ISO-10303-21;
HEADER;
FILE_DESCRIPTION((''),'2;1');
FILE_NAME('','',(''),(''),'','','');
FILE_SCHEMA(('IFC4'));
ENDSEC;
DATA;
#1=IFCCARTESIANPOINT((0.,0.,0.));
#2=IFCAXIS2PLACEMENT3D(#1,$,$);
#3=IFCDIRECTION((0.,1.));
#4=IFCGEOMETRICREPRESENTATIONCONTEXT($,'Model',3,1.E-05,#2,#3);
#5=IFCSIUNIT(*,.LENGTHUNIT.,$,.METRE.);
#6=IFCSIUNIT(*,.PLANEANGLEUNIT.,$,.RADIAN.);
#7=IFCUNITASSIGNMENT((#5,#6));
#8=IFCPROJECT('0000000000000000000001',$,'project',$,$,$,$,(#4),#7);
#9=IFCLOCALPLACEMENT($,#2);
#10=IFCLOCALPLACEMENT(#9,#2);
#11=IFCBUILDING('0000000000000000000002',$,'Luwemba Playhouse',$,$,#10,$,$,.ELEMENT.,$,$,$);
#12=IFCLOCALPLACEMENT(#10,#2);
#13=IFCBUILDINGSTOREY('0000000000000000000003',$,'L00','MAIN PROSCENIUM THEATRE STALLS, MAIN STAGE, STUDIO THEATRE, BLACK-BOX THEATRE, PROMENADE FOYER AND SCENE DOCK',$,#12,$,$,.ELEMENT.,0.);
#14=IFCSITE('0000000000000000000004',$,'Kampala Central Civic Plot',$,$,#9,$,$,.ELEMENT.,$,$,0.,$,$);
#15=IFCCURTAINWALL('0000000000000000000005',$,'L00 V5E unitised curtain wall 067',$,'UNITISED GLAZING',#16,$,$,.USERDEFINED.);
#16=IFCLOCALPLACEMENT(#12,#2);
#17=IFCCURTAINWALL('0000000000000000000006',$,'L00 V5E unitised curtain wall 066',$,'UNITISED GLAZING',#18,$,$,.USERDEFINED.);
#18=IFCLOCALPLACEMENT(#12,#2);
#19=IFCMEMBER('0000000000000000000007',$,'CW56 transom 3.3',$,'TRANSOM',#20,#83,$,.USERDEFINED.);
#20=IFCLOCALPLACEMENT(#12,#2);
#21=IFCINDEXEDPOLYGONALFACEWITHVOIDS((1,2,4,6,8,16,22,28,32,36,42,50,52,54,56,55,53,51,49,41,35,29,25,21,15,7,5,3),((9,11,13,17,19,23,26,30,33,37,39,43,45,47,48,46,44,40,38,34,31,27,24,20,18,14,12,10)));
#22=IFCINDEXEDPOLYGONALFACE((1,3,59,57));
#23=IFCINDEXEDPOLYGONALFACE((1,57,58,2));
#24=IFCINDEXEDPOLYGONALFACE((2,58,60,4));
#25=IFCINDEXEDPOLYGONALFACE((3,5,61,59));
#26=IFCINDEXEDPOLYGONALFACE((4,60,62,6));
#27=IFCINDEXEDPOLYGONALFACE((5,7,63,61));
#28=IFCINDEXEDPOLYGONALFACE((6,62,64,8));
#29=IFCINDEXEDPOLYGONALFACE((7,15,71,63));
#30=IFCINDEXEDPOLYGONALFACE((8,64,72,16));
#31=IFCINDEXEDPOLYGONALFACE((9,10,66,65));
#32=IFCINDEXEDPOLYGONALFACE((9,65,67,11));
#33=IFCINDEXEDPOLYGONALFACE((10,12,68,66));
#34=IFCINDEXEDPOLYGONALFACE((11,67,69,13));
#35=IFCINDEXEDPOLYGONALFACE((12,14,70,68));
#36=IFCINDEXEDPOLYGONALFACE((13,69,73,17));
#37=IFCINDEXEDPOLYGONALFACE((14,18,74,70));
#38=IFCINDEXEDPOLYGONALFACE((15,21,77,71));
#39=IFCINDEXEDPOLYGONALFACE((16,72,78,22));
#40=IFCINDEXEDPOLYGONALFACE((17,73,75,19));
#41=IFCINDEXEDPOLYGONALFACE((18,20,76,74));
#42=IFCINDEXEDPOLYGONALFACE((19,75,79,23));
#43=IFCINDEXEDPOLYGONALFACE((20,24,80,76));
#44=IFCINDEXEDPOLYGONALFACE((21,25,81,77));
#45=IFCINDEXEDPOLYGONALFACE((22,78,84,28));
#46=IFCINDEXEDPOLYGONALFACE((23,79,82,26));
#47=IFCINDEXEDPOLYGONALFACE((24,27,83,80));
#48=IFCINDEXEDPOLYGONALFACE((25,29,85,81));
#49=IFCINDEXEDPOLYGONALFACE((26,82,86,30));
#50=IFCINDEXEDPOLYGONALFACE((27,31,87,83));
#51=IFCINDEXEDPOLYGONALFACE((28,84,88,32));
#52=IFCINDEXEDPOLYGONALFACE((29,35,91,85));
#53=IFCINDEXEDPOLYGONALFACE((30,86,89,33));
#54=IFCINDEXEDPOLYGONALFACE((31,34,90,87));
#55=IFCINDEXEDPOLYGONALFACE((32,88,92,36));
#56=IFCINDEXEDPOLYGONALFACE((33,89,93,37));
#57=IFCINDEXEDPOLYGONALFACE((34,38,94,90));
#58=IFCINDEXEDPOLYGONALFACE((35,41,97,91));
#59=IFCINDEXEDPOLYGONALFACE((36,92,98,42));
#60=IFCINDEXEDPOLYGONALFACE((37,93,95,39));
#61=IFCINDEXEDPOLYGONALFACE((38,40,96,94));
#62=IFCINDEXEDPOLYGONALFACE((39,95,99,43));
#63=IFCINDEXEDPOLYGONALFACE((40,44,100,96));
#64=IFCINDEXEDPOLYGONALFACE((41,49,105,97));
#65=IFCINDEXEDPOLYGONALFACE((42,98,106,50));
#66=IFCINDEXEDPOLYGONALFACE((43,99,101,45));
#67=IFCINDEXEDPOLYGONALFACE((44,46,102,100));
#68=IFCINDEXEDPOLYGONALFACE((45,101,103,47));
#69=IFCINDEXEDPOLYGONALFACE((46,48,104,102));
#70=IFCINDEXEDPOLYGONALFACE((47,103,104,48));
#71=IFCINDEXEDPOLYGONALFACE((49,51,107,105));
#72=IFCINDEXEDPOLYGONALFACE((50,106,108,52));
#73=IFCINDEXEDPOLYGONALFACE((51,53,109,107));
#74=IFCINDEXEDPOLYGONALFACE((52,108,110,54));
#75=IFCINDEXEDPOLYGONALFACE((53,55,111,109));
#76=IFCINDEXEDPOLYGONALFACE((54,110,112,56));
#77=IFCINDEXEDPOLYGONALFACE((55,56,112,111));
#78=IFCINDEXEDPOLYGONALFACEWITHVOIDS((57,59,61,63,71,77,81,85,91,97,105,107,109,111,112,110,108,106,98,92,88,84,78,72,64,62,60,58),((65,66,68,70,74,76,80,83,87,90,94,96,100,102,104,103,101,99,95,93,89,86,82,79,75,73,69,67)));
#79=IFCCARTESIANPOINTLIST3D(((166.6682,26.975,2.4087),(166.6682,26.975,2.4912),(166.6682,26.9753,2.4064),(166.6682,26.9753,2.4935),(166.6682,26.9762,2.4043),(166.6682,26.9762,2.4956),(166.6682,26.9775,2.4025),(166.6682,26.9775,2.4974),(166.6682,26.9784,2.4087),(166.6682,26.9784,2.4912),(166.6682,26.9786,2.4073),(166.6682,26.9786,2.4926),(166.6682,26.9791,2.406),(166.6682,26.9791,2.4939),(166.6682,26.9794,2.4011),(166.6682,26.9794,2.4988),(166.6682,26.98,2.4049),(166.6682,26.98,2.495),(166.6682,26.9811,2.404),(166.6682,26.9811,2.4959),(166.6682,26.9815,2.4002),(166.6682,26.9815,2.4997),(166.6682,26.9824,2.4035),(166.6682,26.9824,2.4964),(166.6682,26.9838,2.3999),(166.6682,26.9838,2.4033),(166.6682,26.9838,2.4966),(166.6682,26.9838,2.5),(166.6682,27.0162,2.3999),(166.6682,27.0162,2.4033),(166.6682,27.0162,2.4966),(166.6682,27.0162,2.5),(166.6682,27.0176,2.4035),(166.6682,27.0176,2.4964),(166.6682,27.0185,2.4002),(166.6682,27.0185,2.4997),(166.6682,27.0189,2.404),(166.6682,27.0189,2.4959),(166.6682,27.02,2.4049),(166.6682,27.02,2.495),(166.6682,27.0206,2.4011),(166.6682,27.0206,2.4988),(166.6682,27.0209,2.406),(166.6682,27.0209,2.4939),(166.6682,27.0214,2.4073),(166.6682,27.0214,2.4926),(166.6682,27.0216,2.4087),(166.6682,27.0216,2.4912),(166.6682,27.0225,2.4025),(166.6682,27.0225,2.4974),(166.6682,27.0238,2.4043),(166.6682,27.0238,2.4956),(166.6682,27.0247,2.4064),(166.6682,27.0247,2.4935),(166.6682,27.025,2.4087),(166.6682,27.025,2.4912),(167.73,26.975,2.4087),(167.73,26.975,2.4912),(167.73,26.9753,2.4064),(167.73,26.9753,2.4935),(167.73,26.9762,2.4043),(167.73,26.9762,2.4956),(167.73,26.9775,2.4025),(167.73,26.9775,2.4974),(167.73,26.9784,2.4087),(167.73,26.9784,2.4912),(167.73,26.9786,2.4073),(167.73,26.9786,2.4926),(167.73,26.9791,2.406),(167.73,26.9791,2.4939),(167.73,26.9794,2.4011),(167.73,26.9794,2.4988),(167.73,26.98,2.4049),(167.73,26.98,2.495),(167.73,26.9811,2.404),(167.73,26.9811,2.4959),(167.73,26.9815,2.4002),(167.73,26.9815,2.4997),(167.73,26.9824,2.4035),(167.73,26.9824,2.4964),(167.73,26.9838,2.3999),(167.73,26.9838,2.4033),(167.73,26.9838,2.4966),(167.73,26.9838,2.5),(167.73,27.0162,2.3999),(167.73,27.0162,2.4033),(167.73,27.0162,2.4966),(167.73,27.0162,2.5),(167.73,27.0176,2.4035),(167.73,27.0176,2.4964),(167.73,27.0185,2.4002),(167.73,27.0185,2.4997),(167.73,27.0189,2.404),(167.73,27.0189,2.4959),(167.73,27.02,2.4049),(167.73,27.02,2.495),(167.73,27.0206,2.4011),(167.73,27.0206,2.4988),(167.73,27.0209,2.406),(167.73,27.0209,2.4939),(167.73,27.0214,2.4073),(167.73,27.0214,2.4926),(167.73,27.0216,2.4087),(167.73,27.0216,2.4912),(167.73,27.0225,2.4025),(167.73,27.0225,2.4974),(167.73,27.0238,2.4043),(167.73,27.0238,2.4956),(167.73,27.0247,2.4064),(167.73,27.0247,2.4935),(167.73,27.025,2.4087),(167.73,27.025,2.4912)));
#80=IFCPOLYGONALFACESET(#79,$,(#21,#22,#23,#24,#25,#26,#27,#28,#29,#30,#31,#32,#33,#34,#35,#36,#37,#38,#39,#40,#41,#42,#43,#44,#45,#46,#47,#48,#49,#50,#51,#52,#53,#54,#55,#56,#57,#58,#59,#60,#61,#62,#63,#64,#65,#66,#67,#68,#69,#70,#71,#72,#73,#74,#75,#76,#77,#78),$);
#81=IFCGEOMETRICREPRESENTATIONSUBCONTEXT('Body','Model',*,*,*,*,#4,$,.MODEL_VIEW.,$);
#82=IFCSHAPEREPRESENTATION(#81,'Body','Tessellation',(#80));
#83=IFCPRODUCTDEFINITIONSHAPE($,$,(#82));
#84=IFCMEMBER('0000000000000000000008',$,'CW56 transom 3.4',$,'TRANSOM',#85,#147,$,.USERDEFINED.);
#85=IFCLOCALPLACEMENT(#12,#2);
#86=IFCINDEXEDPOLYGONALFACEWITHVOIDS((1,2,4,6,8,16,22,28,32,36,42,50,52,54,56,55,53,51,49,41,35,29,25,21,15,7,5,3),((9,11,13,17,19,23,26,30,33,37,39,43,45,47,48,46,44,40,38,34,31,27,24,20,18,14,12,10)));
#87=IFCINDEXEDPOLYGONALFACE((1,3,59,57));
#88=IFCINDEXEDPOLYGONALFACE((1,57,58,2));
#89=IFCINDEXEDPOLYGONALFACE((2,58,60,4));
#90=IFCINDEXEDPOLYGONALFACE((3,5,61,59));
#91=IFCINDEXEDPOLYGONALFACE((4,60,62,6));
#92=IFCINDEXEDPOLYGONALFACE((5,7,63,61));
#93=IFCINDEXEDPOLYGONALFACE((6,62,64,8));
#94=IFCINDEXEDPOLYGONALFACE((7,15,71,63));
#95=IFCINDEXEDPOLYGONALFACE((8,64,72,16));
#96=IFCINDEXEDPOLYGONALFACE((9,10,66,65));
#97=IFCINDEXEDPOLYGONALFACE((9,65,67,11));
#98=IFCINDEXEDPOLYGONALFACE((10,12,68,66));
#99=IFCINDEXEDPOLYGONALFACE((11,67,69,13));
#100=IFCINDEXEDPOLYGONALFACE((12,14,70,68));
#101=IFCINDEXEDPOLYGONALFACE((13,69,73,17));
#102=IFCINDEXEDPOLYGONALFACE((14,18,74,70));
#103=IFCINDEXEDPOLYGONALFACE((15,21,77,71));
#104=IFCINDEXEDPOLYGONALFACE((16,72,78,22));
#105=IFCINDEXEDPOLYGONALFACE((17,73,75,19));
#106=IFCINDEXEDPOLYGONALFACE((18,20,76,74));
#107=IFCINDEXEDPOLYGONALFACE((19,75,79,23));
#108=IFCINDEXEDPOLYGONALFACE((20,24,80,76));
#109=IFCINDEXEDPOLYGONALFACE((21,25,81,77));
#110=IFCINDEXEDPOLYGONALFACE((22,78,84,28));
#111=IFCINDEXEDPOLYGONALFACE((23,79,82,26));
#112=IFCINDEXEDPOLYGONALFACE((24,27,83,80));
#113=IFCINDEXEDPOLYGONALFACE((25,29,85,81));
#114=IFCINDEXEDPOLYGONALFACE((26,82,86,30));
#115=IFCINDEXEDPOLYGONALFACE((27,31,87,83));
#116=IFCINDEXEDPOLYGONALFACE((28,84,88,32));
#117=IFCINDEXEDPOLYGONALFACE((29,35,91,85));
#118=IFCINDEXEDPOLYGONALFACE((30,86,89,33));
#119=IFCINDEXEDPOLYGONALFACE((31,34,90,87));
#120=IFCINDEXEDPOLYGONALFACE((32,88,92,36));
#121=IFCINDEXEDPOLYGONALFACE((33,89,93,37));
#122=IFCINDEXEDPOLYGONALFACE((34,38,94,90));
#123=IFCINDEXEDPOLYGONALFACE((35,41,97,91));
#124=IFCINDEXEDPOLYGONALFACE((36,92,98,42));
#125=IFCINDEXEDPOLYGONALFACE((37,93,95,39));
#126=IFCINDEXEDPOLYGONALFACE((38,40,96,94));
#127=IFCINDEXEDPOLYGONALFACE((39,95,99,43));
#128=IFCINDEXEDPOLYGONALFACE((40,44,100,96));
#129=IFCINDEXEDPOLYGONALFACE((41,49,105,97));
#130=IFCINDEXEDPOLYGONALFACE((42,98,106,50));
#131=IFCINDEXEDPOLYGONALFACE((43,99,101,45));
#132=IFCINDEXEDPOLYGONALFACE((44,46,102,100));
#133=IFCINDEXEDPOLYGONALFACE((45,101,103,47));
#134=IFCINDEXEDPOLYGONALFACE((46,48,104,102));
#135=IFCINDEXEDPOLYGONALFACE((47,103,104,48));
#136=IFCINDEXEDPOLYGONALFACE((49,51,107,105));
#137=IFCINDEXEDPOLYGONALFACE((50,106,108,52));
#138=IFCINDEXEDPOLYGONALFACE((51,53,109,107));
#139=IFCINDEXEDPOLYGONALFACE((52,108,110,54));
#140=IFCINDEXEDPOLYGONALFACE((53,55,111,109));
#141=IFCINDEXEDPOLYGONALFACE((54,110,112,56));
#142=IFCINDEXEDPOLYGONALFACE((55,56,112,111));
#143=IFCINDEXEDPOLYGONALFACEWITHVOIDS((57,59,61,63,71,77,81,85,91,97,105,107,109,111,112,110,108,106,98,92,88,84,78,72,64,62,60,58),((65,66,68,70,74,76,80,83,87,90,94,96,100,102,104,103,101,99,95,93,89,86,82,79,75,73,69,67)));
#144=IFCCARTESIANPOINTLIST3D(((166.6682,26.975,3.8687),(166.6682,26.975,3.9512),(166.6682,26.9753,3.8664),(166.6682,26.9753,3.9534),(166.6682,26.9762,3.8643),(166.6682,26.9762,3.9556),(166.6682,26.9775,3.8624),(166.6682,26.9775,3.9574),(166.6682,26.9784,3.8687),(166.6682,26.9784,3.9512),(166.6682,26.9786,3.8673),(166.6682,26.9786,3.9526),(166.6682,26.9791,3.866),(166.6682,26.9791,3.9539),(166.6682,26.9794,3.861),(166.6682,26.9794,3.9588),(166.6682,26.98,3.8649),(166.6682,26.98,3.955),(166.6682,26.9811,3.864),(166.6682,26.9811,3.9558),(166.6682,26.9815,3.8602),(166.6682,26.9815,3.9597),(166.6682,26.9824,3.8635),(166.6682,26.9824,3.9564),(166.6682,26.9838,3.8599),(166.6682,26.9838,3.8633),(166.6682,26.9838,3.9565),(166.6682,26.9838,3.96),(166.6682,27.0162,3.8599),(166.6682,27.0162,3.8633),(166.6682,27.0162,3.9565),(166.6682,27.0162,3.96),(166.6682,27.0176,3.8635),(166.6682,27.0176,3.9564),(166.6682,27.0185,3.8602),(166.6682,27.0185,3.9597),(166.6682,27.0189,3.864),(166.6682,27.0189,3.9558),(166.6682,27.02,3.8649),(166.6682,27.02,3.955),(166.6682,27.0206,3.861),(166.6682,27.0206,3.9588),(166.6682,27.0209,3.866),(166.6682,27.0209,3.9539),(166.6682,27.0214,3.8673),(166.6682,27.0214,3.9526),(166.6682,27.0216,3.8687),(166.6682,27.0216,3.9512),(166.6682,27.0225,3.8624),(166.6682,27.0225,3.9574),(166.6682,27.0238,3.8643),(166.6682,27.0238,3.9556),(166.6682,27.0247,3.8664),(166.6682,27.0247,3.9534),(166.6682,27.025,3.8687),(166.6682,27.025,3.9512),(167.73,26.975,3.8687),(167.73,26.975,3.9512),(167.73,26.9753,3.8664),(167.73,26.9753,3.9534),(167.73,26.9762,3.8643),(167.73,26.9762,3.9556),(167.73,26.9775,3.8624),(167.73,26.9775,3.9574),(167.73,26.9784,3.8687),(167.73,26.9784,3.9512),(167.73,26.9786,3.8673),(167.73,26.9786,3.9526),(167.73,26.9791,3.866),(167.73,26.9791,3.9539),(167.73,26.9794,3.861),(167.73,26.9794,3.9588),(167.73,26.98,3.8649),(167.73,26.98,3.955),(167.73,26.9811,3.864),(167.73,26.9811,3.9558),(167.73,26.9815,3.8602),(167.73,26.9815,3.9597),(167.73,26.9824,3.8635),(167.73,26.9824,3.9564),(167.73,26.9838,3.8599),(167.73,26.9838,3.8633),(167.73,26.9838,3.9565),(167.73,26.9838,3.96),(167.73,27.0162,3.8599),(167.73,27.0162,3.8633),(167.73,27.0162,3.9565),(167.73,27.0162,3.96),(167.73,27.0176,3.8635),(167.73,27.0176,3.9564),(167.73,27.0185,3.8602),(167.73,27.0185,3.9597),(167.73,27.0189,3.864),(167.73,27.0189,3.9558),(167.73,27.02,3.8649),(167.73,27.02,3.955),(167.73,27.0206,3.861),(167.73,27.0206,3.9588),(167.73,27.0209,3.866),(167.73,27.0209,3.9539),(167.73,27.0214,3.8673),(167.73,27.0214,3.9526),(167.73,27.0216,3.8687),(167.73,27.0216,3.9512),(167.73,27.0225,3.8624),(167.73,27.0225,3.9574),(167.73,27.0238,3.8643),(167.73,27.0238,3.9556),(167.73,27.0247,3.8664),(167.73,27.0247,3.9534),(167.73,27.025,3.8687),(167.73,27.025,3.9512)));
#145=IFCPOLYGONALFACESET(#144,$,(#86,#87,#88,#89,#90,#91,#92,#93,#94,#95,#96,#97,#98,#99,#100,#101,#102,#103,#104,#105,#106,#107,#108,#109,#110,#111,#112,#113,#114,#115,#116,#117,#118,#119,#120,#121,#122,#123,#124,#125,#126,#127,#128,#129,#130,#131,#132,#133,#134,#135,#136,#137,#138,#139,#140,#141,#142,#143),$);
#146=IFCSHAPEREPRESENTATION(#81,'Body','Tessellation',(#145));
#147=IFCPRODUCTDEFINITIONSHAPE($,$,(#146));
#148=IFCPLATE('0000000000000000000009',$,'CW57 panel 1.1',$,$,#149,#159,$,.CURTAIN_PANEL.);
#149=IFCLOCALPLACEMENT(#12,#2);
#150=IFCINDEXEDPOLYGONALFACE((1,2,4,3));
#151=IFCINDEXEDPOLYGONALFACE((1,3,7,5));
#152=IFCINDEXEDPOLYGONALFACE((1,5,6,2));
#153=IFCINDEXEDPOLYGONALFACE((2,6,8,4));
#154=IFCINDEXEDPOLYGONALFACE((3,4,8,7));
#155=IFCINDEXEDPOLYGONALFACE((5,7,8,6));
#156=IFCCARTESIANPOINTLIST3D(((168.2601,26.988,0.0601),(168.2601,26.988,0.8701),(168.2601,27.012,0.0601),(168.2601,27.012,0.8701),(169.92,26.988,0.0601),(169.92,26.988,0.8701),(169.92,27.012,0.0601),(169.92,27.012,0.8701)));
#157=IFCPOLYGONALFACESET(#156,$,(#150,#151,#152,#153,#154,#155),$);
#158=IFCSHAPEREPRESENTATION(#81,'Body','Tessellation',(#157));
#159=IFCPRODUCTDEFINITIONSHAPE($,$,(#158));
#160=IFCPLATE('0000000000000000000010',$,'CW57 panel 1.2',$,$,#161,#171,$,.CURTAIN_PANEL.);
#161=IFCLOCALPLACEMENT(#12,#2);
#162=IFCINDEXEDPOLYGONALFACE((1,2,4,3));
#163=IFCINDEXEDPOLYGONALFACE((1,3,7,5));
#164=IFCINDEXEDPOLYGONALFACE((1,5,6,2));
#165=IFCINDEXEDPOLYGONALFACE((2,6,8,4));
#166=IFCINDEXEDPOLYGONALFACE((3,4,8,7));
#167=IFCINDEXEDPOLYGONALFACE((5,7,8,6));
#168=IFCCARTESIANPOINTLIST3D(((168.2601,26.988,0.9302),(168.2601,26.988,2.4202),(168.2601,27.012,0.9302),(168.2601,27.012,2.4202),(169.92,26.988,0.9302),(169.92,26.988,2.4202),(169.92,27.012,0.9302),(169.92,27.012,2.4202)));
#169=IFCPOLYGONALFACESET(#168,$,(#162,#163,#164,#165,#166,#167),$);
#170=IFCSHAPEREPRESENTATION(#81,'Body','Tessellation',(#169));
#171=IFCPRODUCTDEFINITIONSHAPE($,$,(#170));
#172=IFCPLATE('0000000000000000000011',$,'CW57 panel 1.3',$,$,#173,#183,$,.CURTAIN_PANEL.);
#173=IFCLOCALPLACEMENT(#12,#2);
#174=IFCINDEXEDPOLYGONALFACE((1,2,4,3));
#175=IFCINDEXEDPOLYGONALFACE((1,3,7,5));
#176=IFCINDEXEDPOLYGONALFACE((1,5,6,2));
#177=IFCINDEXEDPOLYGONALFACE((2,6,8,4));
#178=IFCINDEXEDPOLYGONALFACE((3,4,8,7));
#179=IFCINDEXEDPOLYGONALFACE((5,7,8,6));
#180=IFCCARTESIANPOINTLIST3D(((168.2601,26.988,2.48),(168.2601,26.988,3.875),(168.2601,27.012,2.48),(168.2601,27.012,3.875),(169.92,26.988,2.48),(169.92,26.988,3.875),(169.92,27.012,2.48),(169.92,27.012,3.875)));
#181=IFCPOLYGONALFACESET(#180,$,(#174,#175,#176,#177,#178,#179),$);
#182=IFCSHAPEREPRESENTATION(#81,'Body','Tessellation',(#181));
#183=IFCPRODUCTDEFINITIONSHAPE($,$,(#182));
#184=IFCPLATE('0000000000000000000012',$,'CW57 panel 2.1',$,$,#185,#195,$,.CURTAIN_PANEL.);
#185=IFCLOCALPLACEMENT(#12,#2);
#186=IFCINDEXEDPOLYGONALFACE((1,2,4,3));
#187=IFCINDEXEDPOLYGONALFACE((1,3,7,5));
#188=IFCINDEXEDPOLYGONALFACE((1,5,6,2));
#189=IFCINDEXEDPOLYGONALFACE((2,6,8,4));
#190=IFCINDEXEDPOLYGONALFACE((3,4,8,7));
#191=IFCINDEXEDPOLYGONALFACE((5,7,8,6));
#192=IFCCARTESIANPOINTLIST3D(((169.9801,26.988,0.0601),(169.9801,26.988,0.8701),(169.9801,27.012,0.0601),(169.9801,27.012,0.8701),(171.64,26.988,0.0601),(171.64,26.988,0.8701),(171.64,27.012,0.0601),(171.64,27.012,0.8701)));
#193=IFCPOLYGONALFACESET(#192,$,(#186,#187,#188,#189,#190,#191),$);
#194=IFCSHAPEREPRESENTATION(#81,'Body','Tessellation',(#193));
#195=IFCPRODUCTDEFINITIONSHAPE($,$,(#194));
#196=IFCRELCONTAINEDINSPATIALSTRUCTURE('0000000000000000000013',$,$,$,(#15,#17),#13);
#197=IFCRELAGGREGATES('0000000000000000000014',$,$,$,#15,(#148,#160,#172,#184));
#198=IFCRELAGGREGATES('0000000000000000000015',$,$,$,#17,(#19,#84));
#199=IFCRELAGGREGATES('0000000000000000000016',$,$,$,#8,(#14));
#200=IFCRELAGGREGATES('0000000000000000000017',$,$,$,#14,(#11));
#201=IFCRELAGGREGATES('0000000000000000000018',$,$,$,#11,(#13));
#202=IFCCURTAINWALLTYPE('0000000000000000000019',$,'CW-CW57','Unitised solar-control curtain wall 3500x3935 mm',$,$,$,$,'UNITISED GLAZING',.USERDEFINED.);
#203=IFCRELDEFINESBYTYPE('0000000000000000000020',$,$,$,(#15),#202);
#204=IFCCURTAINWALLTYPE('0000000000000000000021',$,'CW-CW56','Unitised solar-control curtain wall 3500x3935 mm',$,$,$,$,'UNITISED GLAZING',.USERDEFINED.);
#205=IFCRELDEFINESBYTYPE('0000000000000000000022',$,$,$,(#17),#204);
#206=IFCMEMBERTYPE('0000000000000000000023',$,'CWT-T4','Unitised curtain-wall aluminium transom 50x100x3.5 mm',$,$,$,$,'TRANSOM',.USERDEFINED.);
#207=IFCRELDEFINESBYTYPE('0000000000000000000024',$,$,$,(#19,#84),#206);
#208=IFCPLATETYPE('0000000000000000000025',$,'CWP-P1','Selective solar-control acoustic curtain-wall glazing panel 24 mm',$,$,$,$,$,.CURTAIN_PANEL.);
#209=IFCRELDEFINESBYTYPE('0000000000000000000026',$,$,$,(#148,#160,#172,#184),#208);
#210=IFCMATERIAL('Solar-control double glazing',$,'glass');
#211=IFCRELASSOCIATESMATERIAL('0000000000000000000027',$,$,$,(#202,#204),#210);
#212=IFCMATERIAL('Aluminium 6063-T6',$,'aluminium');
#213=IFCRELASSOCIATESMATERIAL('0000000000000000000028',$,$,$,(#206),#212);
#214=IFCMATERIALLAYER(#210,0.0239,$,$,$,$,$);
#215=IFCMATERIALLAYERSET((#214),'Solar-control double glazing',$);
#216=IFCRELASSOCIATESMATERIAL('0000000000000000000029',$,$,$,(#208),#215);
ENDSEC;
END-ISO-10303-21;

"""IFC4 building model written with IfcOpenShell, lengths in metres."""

from ifc_helpers import new_model, si_unit, direction, frame, origin, origin_2d, place, context, subcontext, project, spatial, rectangle, hollow_rectangle, extrude, material, layer, layer_set, material_profile, profile_set, type_object, element, aggregate, save


model = new_model("IFC4")

# Units and contexts
model_context = context("Model", 3, precision=1e-05, world=origin(), true_north=direction((0.0, 1.0)))
body_context = subcontext(model_context, "Body", "Model", "MODEL_VIEW")
ifc_project = project(units=[si_unit("LENGTHUNIT", "METRE"), si_unit("PLANEANGLEUNIT", "RADIAN")], contexts=[model_context])

# Site, building, storey
site_placement = place(None, origin())
site = spatial("IfcSite", under=ifc_project, at=site_placement, Name="Kampala Central Civic Plot", CompositionType="ELEMENT", RefElevation=0.0)
building_placement = place(site_placement, origin())
building = spatial("IfcBuilding", under=site, at=building_placement, Name="Luwemba Playhouse", CompositionType="ELEMENT")
storey_placement = place(building_placement, origin())
storey = spatial("IfcBuildingStorey", under=building, at=storey_placement, Name="L00", Description="MAIN PROSCENIUM THEATRE STALLS, MAIN STAGE, STUDIO THEATRE, BLACK-BOX THEATRE, PROMENADE FOYER AND SCENE DOCK", CompositionType="ELEMENT", Elevation=0.0)

# Curtain walls
ifc_material_1 = material(Name="Solar-control double glazing", Category="glass")
curtain_wall_type_1 = type_object("IfcCurtainWallType", Name="CW-CW57", Description="Unitised solar-control curtain wall 3500x3935 mm", ElementType="UNITISED GLAZING", PredefinedType="USERDEFINED", material=ifc_material_1)
curtain_wall_1_placement = place(storey_placement, origin())
curtain_wall_1 = element("IfcCurtainWall", 1, at=curtain_wall_1_placement, inside=storey, type_object=curtain_wall_type_1, Name="L00 V5E unitised curtain wall 067", ObjectType="UNITISED GLAZING", PredefinedType="USERDEFINED")
ifc_material_2 = material(Name="Aluminium 6063-T6", Category="aluminium")
curtain_wall_type_2 = type_object("IfcCurtainWallType", Name="CW-CW56", Description="Unitised solar-control curtain wall 3500x3935 mm", ElementType="UNITISED GLAZING", PredefinedType="USERDEFINED", material=ifc_material_1)
curtain_wall_2_placement = place(storey_placement, origin())
curtain_wall_2 = element("IfcCurtainWall", 2, at=curtain_wall_2_placement, inside=storey, type_object=curtain_wall_type_2, Name="L00 V5E unitised curtain wall 066", ObjectType="UNITISED GLAZING", PredefinedType="USERDEFINED")

# Members
ifc_material_profile_1 = material_profile(ifc_material_2, hollow_rectangle(XDim=0.05, YDim=0.1001, WallThickness=0.0034, InnerFilletRadius=0.0054, OuterFilletRadius=0.0088, at=origin_2d()))
ifc_profile_set_1 = profile_set([ifc_material_profile_1], Name="Aluminium 6063-T6")
member_type_1 = type_object("IfcMemberType", Name="CWT-T4", Description="Unitised curtain-wall aluminium transom 50x100x3.5 mm", ElementType="TRANSOM", PredefinedType="USERDEFINED", material=ifc_profile_set_1)
member_1_placement = place(storey_placement, frame((166.6682, 27.0, 2.45), z_axis=(1.0, 0.0, 0.0), x_axis=(0.0, 1.0, 0.0)))
member_1 = element("IfcMember", 3, at=member_1_placement, type_object=member_type_1, Name="CW56 transom 3.3", ObjectType="TRANSOM", PredefinedType="USERDEFINED", context=body_context, shape_type="SweptSolid", body=[
    extrude(hollow_rectangle(XDim=0.05, YDim=0.1001, WallThickness=0.0034, InnerFilletRadius=0.0054, OuterFilletRadius=0.0088, at=origin_2d()), origin(), (0.0, 0.0, 1.0), 1.0618),
])
member_2_placement = place(storey_placement, frame((166.6682, 27.0, 3.9099), z_axis=(1.0, 0.0, 0.0), x_axis=(0.0, 1.0, 0.0)))
member_2 = element("IfcMember", 4, at=member_2_placement, type_object=member_type_1, Name="CW56 transom 3.4", ObjectType="TRANSOM", PredefinedType="USERDEFINED", context=body_context, shape_type="SweptSolid", body=[
    extrude(hollow_rectangle(XDim=0.05, YDim=0.1001, WallThickness=0.0034, InnerFilletRadius=0.0054, OuterFilletRadius=0.0088, at=origin_2d()), origin(), (0.0, 0.0, 1.0), 1.0618),
])

# Plates
ifc_layer_1 = layer(ifc_material_1, 0.0239)
ifc_layer_set_1 = layer_set([ifc_layer_1], Name="Solar-control double glazing")
plate_type_1 = type_object("IfcPlateType", Name="CWP-P1", Description="Selective solar-control acoustic curtain-wall glazing panel 24 mm", PredefinedType="CURTAIN_PANEL", material=ifc_layer_set_1)
plate_1_placement = place(storey_placement, frame((169.0901, 27.0, 0.0601), z_axis=(0.0, 0.0, 1.0), x_axis=(1.0, 0.0, 0.0)))
plate_1 = element("IfcPlate", 5, at=plate_1_placement, type_object=plate_type_1, Name="CW57 panel 1.1", PredefinedType="CURTAIN_PANEL", context=body_context, shape_type="SweptSolid", body=[
    extrude(rectangle(XDim=1.6599, YDim=0.0239, at=origin_2d()), origin(), (0.0, 0.0, 1.0), 0.8101),
])
plate_2_placement = place(storey_placement, frame((169.0901, 27.0, 0.9302), z_axis=(0.0, 0.0, 1.0), x_axis=(1.0, 0.0, 0.0)))
plate_2 = element("IfcPlate", 6, at=plate_2_placement, type_object=plate_type_1, Name="CW57 panel 1.2", PredefinedType="CURTAIN_PANEL", context=body_context, shape_type="SweptSolid", body=[
    extrude(rectangle(XDim=1.6599, YDim=0.0239, at=origin_2d()), origin(), (0.0, 0.0, 1.0), 1.49),
])
plate_3_placement = place(storey_placement, frame((169.0901, 27.0, 2.48), z_axis=(0.0, 0.0, 1.0), x_axis=(1.0, 0.0, 0.0)))
plate_3 = element("IfcPlate", 7, at=plate_3_placement, type_object=plate_type_1, Name="CW57 panel 1.3", PredefinedType="CURTAIN_PANEL", context=body_context, shape_type="SweptSolid", body=[
    extrude(rectangle(XDim=1.6599, YDim=0.0239, at=origin_2d()), origin(), (0.0, 0.0, 1.0), 1.395),
])
plate_4_placement = place(storey_placement, frame((170.8101, 27.0, 0.0601), z_axis=(0.0, 0.0, 1.0), x_axis=(1.0, 0.0, 0.0)))
plate_4 = element("IfcPlate", 8, at=plate_4_placement, type_object=plate_type_1, Name="CW57 panel 2.1", PredefinedType="CURTAIN_PANEL", context=body_context, shape_type="SweptSolid", body=[
    extrude(rectangle(XDim=1.6599, YDim=0.0239, at=origin_2d()), origin(), (0.0, 0.0, 1.0), 0.8101),
])
aggregate(curtain_wall_1, [plate_1, plate_2, plate_3, plate_4])
aggregate(curtain_wall_2, [member_1, member_2])

save(model, "model.ifc")
